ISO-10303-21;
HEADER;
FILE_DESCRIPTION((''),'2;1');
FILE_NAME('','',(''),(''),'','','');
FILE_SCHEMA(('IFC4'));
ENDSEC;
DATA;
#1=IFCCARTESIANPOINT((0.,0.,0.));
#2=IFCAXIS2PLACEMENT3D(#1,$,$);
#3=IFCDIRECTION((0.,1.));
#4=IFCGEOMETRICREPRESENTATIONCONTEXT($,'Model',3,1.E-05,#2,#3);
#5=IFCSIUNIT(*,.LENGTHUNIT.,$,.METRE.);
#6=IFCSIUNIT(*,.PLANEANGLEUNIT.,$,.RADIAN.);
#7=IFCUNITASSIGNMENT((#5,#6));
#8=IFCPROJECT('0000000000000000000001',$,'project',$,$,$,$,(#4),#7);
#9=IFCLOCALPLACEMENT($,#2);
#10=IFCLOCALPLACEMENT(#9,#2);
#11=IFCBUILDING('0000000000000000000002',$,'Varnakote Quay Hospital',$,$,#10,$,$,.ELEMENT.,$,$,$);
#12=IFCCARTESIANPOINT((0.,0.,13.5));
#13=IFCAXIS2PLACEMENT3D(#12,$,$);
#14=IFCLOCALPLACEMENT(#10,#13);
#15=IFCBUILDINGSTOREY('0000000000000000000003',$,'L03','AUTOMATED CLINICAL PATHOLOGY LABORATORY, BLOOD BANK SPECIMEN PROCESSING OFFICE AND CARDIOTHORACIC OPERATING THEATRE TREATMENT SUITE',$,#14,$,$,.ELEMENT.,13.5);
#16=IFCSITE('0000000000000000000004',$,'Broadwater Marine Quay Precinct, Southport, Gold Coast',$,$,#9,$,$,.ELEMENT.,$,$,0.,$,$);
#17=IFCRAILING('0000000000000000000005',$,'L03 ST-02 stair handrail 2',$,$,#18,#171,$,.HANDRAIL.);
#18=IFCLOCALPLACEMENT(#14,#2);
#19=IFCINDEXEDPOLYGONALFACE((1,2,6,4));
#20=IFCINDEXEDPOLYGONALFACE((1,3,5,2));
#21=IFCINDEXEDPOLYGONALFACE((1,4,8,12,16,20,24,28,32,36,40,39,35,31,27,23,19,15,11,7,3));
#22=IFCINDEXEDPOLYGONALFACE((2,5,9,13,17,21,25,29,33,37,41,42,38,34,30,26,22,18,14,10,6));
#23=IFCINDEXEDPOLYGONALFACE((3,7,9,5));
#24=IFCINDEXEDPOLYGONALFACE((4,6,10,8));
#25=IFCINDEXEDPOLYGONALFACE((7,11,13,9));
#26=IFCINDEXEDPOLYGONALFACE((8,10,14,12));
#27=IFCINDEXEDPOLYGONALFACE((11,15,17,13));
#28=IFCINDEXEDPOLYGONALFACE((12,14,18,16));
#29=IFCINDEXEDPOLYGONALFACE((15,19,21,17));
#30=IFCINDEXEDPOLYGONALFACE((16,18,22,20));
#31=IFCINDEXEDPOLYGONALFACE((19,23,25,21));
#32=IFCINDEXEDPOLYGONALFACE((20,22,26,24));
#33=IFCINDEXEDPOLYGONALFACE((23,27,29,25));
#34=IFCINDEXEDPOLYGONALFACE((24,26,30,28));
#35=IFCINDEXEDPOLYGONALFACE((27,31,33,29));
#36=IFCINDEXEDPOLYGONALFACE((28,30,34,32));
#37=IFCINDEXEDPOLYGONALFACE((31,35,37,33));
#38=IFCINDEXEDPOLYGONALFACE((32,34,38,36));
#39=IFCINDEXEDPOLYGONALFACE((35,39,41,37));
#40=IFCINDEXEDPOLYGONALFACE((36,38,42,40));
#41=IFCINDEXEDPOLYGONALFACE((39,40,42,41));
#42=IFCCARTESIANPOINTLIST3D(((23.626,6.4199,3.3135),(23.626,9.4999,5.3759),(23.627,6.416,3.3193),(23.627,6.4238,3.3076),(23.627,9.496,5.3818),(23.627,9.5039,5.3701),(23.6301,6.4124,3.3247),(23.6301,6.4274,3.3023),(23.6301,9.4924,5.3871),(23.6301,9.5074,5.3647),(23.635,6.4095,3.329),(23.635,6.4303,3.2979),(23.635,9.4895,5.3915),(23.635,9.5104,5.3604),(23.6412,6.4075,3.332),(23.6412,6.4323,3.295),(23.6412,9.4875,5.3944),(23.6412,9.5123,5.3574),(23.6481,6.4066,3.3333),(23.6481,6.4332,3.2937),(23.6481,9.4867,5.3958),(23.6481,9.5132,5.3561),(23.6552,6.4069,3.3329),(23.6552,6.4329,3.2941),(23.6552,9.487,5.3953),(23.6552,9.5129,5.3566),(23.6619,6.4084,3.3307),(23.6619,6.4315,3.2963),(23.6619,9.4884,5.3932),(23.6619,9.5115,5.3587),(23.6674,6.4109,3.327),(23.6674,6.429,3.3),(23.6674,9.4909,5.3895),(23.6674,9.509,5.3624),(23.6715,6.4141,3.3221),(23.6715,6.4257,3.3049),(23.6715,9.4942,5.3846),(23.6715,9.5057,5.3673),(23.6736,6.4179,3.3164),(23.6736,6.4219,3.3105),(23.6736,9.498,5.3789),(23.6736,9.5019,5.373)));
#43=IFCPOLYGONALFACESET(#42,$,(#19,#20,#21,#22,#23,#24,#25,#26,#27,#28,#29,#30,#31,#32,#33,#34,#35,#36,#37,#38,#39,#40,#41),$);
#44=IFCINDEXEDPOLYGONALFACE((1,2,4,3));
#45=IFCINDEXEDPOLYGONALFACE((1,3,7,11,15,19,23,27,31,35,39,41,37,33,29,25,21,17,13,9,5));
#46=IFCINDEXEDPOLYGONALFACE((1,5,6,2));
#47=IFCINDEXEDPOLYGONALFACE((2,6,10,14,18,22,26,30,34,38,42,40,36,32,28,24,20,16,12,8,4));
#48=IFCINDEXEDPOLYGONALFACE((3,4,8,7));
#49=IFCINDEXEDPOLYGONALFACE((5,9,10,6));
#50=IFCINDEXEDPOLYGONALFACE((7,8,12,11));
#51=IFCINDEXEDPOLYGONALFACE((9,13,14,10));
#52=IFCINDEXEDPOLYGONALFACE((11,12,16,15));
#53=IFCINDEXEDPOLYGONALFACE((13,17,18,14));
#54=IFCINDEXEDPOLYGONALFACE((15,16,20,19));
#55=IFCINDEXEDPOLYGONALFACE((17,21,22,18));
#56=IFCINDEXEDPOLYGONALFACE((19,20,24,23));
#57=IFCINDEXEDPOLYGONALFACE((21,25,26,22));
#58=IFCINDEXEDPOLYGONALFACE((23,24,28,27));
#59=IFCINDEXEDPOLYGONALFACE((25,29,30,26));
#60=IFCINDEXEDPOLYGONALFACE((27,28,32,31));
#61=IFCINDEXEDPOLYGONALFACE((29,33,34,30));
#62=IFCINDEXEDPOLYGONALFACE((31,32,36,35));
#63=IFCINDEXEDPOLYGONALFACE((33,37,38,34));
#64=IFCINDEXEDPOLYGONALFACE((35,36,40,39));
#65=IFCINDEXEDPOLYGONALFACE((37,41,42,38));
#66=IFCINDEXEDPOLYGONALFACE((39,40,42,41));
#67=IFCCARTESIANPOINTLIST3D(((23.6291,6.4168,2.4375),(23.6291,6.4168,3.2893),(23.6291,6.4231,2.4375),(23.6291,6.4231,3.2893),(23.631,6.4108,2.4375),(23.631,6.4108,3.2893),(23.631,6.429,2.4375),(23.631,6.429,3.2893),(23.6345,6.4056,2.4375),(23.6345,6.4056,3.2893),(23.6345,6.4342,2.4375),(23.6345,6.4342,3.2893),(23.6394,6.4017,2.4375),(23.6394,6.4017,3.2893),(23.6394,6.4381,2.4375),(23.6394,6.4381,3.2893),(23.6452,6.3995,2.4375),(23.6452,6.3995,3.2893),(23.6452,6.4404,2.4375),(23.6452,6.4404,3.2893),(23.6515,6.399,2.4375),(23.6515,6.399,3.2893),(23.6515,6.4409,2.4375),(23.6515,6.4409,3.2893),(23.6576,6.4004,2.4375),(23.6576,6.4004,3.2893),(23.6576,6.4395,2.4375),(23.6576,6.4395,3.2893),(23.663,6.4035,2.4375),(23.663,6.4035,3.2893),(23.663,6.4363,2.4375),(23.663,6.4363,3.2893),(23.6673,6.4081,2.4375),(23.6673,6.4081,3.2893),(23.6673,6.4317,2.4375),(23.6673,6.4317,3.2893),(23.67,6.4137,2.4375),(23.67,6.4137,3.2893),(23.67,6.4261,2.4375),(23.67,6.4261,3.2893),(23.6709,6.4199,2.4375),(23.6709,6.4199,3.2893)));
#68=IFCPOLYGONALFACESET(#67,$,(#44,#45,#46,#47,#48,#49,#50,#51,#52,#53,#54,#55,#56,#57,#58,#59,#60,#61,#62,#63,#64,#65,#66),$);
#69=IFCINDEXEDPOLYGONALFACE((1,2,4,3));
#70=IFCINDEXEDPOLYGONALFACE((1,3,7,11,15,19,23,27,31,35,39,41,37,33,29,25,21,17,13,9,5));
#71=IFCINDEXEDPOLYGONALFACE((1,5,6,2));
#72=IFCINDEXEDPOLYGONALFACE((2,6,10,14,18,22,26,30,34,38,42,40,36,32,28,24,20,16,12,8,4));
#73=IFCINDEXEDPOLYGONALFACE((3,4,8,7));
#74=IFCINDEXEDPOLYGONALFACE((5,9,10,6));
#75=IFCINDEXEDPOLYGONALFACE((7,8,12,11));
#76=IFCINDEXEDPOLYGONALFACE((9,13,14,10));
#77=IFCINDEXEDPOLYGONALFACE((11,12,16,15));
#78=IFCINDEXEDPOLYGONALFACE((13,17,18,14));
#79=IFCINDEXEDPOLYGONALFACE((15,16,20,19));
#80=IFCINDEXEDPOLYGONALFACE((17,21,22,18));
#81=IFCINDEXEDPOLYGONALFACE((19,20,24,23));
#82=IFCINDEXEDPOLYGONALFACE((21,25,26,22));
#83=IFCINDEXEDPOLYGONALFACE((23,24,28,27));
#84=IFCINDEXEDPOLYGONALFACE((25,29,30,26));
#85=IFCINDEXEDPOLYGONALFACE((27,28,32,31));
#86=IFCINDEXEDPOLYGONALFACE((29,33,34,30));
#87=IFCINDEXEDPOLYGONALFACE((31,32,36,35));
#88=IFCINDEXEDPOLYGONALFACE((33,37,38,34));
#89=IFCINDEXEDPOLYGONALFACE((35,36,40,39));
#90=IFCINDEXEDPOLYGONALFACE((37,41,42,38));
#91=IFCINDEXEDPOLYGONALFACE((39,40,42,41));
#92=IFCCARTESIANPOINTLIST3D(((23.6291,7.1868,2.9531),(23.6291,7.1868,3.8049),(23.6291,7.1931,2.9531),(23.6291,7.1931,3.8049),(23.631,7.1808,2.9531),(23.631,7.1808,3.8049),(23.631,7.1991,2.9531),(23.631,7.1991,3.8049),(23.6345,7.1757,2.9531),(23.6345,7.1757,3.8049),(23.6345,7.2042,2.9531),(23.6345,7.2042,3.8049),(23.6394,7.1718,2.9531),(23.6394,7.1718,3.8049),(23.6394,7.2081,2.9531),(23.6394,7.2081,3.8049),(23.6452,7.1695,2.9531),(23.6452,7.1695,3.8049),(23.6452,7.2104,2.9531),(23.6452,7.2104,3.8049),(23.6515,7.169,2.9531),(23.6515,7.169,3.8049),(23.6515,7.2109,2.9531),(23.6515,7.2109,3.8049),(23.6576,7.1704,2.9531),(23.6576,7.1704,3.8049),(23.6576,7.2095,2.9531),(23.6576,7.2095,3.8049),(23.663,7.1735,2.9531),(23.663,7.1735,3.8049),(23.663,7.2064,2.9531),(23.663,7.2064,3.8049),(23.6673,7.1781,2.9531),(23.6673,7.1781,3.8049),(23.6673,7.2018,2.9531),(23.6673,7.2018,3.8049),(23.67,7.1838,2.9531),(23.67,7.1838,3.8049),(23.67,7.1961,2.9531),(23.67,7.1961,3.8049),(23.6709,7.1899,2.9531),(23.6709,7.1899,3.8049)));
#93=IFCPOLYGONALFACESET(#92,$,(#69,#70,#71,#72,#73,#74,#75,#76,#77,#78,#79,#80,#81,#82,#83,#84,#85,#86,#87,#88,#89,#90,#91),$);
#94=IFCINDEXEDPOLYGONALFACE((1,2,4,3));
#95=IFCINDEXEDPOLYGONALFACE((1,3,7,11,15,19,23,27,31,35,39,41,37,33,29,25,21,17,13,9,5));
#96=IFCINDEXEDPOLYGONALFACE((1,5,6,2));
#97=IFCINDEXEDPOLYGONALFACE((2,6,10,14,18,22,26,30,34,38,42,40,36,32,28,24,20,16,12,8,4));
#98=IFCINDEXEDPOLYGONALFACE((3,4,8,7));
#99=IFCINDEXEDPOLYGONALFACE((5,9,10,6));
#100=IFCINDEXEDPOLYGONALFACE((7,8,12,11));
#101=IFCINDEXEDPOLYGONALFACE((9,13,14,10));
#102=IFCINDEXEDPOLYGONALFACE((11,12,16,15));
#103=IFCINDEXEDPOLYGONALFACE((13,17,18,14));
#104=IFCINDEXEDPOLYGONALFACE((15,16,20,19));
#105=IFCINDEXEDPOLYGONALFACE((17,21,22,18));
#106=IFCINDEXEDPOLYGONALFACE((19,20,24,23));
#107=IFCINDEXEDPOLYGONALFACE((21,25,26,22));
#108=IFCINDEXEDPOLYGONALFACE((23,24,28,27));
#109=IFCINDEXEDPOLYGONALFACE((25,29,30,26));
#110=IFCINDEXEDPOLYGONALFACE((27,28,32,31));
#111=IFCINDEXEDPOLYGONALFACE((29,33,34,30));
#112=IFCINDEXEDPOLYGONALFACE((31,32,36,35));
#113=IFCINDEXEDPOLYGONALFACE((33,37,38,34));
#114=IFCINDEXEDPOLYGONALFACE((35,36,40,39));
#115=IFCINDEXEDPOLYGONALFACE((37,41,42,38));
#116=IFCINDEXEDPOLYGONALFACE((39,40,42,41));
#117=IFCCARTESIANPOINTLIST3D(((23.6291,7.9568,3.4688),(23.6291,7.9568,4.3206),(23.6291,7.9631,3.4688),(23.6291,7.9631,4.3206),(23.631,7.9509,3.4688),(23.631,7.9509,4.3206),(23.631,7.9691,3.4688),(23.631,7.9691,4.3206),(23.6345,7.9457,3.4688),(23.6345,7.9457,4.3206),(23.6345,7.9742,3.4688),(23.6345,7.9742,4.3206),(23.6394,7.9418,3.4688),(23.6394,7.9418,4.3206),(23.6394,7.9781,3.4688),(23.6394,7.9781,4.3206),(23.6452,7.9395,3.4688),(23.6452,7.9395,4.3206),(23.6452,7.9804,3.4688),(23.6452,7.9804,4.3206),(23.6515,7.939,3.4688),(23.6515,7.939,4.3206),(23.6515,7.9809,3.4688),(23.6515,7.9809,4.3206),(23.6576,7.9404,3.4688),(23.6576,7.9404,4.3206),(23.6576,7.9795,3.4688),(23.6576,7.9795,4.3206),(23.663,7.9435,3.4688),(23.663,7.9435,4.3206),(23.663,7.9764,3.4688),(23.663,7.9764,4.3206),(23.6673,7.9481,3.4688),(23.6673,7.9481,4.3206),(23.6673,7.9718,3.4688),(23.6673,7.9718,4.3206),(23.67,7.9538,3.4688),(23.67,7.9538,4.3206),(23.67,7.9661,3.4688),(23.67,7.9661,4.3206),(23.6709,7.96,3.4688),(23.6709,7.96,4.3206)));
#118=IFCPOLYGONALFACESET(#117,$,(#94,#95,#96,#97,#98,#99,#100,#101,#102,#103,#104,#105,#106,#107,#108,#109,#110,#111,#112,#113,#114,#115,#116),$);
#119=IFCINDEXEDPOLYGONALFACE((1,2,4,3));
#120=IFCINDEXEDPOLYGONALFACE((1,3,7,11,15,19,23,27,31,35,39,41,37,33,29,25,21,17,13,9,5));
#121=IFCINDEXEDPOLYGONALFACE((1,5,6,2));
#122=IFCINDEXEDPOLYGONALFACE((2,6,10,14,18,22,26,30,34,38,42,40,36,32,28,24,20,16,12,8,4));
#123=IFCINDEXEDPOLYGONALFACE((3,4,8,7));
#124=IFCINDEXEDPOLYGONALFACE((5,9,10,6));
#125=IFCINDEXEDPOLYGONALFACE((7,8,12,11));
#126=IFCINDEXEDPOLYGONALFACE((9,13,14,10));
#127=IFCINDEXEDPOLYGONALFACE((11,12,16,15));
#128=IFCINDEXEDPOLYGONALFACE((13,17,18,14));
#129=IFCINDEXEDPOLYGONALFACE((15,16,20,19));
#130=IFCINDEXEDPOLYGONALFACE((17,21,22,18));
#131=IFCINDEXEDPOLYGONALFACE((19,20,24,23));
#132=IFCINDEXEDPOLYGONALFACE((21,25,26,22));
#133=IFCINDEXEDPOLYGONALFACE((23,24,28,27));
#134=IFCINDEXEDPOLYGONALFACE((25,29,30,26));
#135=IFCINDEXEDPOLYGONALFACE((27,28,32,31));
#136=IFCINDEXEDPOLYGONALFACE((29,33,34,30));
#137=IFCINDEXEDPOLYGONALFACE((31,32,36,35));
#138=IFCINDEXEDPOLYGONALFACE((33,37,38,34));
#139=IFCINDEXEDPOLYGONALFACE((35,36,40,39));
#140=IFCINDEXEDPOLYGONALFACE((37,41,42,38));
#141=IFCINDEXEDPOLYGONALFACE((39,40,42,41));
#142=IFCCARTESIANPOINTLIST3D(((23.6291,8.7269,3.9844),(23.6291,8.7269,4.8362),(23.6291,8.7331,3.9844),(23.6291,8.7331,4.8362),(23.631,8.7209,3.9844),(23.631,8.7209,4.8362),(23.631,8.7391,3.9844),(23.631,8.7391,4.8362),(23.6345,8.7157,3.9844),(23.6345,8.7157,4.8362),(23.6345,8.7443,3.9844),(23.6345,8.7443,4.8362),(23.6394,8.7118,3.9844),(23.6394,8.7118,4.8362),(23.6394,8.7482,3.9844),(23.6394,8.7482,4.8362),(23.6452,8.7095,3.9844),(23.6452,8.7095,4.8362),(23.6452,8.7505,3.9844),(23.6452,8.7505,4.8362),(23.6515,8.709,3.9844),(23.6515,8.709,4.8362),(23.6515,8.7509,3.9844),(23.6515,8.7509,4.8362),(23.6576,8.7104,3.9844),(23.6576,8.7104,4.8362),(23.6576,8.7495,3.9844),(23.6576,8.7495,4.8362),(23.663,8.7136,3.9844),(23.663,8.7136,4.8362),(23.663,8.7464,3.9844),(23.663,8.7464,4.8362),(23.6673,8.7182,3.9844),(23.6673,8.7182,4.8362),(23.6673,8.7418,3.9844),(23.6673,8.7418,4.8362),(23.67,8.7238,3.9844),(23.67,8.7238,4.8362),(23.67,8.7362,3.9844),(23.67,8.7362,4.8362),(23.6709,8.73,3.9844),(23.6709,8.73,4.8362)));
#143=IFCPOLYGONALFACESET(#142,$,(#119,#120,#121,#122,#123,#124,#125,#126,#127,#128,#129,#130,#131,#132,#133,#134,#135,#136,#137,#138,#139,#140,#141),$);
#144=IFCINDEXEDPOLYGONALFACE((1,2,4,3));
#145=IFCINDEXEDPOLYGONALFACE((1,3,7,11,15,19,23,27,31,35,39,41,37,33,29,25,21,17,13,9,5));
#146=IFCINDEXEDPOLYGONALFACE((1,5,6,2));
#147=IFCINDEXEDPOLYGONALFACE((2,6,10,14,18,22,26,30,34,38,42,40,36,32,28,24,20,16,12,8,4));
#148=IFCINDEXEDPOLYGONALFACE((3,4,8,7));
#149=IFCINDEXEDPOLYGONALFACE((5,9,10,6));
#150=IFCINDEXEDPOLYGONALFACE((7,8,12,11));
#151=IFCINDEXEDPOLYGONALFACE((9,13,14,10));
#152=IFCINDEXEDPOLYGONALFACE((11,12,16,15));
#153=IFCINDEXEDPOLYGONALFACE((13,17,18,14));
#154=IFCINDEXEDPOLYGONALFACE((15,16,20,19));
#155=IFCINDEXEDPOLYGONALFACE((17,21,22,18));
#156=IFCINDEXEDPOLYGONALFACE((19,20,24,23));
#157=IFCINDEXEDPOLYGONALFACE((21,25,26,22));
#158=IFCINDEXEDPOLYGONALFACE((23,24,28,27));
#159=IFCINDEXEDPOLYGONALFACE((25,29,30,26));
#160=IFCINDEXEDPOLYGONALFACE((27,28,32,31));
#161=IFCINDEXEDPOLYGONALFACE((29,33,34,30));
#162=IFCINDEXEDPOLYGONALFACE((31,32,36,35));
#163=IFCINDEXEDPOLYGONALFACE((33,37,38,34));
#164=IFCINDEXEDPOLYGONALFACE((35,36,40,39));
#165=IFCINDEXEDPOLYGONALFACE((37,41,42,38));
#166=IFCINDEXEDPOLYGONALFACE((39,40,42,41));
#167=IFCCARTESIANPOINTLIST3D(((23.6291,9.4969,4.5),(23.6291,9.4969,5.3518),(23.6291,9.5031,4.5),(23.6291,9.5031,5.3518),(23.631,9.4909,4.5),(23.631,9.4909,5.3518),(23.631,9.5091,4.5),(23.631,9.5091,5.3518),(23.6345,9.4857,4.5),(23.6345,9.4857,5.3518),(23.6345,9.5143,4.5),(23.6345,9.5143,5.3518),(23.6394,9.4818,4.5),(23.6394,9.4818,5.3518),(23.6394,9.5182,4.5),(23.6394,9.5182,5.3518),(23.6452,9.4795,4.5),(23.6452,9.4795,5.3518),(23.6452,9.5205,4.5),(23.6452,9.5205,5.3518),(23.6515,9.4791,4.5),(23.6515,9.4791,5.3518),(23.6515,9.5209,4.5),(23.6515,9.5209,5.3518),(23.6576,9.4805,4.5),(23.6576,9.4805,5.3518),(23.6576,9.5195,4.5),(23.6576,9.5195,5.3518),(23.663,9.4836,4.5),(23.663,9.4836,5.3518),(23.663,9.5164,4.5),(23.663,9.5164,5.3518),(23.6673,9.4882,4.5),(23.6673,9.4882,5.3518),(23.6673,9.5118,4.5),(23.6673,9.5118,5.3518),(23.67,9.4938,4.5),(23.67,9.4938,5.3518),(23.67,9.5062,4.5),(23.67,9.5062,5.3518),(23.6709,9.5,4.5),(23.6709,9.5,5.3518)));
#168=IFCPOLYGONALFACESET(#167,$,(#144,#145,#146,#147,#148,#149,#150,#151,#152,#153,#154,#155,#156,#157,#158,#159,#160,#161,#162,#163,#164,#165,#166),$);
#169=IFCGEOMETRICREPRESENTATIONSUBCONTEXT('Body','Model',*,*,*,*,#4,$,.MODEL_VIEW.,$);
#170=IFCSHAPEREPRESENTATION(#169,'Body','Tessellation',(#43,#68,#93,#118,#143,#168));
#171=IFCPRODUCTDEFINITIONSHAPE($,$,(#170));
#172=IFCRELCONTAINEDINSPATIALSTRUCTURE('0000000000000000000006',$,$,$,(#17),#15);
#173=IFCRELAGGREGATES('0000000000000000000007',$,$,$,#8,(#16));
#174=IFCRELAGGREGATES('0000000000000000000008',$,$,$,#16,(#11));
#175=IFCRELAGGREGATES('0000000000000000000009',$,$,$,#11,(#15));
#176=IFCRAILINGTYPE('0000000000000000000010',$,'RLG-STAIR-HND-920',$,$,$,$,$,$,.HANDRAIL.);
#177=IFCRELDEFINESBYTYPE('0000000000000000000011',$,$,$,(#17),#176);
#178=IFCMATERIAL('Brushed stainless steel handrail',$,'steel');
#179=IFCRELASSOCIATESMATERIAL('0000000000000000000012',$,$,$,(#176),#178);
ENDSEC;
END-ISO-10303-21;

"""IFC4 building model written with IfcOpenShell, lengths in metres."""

from ifc_helpers import new_model, si_unit, direction, frame, origin, origin_2d, place, context, subcontext, project, spatial, circle, extrude, material, type_object, element, save


model = new_model("IFC4")

# Units and contexts
model_context = context("Model", 3, precision=1e-05, world=origin(), true_north=direction((0.0, 1.0)))
body_context = subcontext(model_context, "Body", "Model", "MODEL_VIEW")
ifc_project = project(units=[si_unit("LENGTHUNIT", "METRE"), si_unit("PLANEANGLEUNIT", "RADIAN")], contexts=[model_context])

# Site, building, storey
site_placement = place(None, origin())
site = spatial("IfcSite", under=ifc_project, at=site_placement, Name="Broadwater Marine Quay Precinct, Southport, Gold Coast", CompositionType="ELEMENT", RefElevation=0.0)
building_placement = place(site_placement, origin())
building = spatial("IfcBuilding", under=site, at=building_placement, Name="Varnakote Quay Hospital", CompositionType="ELEMENT")
storey_placement = place(building_placement, frame((0.0, 0.0, 13.5)))
storey = spatial("IfcBuildingStorey", under=building, at=storey_placement, Name="L03", Description="AUTOMATED CLINICAL PATHOLOGY LABORATORY, BLOOD BANK SPECIMEN PROCESSING OFFICE AND CARDIOTHORACIC OPERATING THEATRE TREATMENT SUITE", CompositionType="ELEMENT", Elevation=13.5)

# Railing
ifc_material_1 = material(Name="Brushed stainless steel handrail", Category="steel")
railing_type_1 = type_object("IfcRailingType", Name="RLG-STAIR-HND-920", PredefinedType="HANDRAIL", material=ifc_material_1)
railing_1_placement = place(storey_placement, frame((23.6499, 6.4199, 2.4375)))
element("IfcRailing", 1, at=railing_1_placement, inside=storey, type_object=railing_type_1, Name="L03 ST-02 stair handrail 2", PredefinedType="HANDRAIL", context=body_context, shape_type="SweptSolid", body=[
    extrude(circle(Radius=0.0239, at=origin_2d()), frame((0.0, 0.0, 0.876), z_axis=(0.0, 0.830914, 0.556401), x_axis=(-1.0, 0.0, 0.0)), (0.0, 0.0, 1.0), 3.7068),
    extrude(circle(Radius=0.021, at=origin_2d()), origin(), (0.0, 0.0, 1.0), 0.8518),
    extrude(circle(Radius=0.021, at=origin_2d()), frame((0.0, 0.77, 0.5156)), (0.0, 0.0, 1.0), 0.8518),
    extrude(circle(Radius=0.021, at=origin_2d()), frame((0.0, 1.54, 1.0312)), (0.0, 0.0, 1.0), 0.8518),
    extrude(circle(Radius=0.021, at=origin_2d()), frame((0.0, 2.3101, 1.5469)), (0.0, 0.0, 1.0), 0.8518),
    extrude(circle(Radius=0.021, at=origin_2d()), frame((0.0, 3.0801, 2.0625)), (0.0, 0.0, 1.0), 0.8518),
])

save(model, "model.ifc")
